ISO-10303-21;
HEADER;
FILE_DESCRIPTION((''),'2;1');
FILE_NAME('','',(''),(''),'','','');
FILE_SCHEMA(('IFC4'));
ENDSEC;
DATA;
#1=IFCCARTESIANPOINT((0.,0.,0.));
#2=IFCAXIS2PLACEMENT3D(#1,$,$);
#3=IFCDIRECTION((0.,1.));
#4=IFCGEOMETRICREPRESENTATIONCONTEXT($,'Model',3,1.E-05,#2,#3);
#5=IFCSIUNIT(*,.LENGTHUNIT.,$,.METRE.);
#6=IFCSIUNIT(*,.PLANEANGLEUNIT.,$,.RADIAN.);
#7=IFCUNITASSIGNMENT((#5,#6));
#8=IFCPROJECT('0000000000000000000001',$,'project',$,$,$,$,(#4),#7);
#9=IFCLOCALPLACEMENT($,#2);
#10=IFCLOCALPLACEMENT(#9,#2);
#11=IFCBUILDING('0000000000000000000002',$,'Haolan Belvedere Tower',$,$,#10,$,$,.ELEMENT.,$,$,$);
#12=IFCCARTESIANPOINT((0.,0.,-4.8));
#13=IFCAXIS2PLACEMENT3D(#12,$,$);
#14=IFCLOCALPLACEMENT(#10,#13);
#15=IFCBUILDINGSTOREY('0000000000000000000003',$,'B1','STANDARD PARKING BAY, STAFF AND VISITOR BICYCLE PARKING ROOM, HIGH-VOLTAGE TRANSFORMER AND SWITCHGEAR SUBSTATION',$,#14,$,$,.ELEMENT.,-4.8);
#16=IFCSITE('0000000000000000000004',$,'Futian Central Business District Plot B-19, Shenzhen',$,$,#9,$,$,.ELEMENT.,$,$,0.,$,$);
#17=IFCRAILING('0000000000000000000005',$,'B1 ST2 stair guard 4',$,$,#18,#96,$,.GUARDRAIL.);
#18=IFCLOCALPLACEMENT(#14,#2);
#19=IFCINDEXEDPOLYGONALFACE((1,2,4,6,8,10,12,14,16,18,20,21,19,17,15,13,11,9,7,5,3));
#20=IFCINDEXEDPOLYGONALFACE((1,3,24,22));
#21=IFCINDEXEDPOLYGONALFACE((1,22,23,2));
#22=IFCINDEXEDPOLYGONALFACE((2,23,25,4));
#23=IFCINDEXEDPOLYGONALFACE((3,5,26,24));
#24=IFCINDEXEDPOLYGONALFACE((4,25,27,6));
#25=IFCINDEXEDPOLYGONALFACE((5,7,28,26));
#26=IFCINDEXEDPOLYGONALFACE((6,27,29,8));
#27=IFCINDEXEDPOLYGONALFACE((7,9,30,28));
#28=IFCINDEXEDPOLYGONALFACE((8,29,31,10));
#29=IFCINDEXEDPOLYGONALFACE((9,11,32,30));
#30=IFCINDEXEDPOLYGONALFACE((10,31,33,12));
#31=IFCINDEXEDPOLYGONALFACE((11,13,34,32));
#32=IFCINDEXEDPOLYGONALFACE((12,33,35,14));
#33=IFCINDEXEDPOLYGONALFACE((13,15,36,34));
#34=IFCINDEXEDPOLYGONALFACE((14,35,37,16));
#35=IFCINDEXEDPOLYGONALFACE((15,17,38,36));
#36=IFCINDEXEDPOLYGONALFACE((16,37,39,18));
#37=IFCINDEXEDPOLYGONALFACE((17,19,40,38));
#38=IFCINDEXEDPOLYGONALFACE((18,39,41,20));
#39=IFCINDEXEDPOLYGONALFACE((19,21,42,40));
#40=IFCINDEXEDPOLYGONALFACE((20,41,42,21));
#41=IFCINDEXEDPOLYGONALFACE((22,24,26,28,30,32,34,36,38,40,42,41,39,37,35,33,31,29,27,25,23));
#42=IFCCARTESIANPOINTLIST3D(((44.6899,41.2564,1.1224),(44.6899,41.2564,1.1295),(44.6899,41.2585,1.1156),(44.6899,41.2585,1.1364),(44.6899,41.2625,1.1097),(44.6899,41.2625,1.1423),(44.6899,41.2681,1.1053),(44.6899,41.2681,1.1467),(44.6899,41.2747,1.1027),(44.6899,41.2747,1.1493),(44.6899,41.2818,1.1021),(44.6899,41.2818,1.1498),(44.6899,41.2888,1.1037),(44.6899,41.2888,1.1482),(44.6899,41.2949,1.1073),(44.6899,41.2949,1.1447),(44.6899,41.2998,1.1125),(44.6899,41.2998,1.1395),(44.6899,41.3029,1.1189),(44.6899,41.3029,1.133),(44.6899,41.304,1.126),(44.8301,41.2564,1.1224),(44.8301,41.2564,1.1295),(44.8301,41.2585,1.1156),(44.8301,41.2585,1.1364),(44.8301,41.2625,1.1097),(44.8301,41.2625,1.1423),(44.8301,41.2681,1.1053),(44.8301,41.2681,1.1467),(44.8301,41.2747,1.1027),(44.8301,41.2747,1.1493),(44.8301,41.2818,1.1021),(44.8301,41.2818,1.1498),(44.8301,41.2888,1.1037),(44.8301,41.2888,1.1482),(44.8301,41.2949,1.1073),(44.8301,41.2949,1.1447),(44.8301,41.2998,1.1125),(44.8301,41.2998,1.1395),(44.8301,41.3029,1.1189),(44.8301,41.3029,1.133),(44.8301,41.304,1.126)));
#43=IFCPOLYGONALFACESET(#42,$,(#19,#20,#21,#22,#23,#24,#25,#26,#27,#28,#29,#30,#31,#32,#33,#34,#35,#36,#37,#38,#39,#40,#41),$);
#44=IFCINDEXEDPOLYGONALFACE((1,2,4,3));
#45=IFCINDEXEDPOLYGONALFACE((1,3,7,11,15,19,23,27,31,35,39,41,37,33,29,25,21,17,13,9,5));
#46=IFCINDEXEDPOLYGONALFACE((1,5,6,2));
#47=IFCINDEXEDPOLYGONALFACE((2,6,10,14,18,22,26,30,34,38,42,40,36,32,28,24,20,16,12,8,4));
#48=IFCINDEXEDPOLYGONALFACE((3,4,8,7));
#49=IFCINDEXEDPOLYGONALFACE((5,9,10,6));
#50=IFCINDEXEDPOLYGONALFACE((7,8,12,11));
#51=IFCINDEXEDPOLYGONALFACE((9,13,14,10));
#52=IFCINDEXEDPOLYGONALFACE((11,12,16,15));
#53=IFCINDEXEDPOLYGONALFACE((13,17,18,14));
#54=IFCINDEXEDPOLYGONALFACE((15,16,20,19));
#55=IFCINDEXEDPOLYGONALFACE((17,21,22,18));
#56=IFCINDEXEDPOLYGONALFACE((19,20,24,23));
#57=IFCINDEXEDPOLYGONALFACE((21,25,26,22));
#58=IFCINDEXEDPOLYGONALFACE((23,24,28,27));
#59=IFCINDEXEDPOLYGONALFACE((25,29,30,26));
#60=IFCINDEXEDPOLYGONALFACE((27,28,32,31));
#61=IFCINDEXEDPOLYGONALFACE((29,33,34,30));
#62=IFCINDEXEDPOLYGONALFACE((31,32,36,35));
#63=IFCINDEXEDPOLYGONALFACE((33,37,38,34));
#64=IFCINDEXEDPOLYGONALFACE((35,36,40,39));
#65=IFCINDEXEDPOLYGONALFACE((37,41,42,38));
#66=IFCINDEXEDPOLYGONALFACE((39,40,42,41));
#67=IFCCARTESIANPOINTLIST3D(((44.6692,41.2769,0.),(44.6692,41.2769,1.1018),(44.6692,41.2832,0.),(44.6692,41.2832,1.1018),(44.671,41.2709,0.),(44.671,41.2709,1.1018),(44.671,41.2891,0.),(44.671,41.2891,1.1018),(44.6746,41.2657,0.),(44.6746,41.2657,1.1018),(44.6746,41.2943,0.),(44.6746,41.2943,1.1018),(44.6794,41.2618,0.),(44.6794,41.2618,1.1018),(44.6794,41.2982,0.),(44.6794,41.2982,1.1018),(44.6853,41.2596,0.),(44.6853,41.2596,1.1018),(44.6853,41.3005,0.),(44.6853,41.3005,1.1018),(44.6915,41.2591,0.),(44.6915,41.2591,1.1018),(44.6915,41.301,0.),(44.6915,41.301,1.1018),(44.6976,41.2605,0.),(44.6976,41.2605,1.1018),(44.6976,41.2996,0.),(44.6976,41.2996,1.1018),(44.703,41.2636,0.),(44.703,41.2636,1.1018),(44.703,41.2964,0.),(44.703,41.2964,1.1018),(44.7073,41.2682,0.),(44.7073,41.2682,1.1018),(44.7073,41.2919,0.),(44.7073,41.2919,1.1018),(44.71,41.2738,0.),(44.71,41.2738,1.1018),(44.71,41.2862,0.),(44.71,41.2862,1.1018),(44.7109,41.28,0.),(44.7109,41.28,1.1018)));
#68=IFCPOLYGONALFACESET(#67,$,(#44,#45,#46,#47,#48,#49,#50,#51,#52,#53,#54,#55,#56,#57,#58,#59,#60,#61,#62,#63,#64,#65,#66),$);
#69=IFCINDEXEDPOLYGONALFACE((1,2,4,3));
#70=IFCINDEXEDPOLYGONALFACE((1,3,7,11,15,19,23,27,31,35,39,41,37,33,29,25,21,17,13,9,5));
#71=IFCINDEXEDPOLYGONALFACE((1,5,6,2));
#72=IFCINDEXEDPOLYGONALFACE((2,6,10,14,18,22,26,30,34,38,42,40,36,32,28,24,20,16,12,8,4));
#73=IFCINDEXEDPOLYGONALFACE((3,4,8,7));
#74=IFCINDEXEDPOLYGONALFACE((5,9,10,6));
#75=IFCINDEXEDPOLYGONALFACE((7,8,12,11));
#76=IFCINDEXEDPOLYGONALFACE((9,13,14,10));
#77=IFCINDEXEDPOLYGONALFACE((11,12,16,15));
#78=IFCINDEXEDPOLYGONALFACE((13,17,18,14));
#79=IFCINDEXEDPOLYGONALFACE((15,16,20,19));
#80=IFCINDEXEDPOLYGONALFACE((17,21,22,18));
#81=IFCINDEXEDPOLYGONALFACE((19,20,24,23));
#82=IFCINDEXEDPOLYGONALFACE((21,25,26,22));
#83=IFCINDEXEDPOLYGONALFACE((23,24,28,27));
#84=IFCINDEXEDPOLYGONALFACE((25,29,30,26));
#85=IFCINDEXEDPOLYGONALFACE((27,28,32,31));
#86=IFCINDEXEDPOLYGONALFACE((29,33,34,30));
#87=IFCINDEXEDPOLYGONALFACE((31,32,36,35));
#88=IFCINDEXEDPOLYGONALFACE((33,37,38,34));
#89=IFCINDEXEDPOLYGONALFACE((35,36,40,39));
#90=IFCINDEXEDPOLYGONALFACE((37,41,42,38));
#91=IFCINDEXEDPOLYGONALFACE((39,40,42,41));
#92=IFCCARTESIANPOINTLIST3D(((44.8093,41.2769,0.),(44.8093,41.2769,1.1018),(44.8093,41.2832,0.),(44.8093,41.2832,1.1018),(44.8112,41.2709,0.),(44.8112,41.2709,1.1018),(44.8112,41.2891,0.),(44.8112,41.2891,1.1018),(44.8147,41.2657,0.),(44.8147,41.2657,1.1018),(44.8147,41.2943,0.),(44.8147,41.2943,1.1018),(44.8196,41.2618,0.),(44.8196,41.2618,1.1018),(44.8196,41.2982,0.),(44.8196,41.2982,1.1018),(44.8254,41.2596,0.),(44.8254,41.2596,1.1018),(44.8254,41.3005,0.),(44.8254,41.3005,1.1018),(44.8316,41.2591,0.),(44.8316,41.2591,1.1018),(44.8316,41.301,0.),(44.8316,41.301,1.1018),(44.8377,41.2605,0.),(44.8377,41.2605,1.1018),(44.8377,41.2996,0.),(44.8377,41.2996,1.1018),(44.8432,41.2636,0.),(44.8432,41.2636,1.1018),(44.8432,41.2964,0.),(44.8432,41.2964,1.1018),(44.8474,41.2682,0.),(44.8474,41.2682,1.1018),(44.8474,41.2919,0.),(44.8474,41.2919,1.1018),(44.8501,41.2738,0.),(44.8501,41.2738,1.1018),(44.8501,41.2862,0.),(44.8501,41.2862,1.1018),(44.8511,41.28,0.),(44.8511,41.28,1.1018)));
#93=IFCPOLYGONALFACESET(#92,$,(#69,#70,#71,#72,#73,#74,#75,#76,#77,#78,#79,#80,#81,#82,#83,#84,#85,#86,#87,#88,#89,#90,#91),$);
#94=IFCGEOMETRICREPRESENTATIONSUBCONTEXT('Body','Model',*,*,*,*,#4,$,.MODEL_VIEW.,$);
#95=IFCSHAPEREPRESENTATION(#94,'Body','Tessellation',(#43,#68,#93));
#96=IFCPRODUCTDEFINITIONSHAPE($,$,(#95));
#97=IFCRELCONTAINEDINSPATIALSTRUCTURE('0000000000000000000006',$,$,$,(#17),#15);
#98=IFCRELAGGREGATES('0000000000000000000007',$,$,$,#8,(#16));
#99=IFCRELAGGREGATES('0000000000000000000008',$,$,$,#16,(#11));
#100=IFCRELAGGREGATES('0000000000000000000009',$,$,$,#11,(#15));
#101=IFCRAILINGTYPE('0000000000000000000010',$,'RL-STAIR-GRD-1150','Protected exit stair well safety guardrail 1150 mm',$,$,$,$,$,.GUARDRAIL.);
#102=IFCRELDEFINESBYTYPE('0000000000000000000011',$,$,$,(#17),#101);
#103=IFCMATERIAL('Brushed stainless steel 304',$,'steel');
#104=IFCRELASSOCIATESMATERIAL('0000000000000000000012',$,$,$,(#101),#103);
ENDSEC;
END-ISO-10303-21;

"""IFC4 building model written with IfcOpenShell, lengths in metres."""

from ifc_helpers import new_model, si_unit, direction, frame, origin, origin_2d, place, context, subcontext, project, spatial, circle, extrude, material, type_object, element, save


model = new_model("IFC4")

# Units and contexts
model_context = context("Model", 3, precision=1e-05, world=origin(), true_north=direction((0.0, 1.0)))
body_context = subcontext(model_context, "Body", "Model", "MODEL_VIEW")
ifc_project = project(units=[si_unit("LENGTHUNIT", "METRE"), si_unit("PLANEANGLEUNIT", "RADIAN")], contexts=[model_context])

# Site, building, storey
site_placement = place(None, origin())
site = spatial("IfcSite", under=ifc_project, at=site_placement, Name="Futian Central Business District Plot B-19, Shenzhen", CompositionType="ELEMENT", RefElevation=0.0)
building_placement = place(site_placement, origin())
building = spatial("IfcBuilding", under=site, at=building_placement, Name="Haolan Belvedere Tower", CompositionType="ELEMENT")
storey_placement = place(building_placement, frame((0.0, 0.0, -4.8)))
storey = spatial("IfcBuildingStorey", under=building, at=storey_placement, Name="B1", Description="STANDARD PARKING BAY, STAFF AND VISITOR BICYCLE PARKING ROOM, HIGH-VOLTAGE TRANSFORMER AND SWITCHGEAR SUBSTATION", CompositionType="ELEMENT", Elevation=-4.8)

# Railing
ifc_material_1 = material(Name="Brushed stainless steel 304", Category="steel")
railing_type_1 = type_object("IfcRailingType", Name="RL-STAIR-GRD-1150", Description="Protected exit stair well safety guardrail 1150 mm", PredefinedType="GUARDRAIL", material=ifc_material_1)
railing_1_placement = place(storey_placement, frame((44.6899, 41.28, 0.0)))
element("IfcRailing", 1, at=railing_1_placement, inside=storey, type_object=railing_type_1, Name="B1 ST2 stair guard 4", PredefinedType="GUARDRAIL", context=body_context, shape_type="SweptSolid", body=[
    extrude(circle(Radius=0.0239, at=origin_2d()), frame((0.0, 0.0, 1.126), z_axis=(1.0, 0.0, 0.0), x_axis=(0.0, 1.0, 0.0)), (0.0, 0.0, 1.0), 0.1401),
    extrude(circle(Radius=0.021, at=origin_2d()), origin(), (0.0, 0.0, 1.0), 1.1018),
    extrude(circle(Radius=0.021, at=origin_2d()), frame((0.1401, 0.0, 0.0)), (0.0, 0.0, 1.0), 1.1018),
])

save(model, "model.ifc")
